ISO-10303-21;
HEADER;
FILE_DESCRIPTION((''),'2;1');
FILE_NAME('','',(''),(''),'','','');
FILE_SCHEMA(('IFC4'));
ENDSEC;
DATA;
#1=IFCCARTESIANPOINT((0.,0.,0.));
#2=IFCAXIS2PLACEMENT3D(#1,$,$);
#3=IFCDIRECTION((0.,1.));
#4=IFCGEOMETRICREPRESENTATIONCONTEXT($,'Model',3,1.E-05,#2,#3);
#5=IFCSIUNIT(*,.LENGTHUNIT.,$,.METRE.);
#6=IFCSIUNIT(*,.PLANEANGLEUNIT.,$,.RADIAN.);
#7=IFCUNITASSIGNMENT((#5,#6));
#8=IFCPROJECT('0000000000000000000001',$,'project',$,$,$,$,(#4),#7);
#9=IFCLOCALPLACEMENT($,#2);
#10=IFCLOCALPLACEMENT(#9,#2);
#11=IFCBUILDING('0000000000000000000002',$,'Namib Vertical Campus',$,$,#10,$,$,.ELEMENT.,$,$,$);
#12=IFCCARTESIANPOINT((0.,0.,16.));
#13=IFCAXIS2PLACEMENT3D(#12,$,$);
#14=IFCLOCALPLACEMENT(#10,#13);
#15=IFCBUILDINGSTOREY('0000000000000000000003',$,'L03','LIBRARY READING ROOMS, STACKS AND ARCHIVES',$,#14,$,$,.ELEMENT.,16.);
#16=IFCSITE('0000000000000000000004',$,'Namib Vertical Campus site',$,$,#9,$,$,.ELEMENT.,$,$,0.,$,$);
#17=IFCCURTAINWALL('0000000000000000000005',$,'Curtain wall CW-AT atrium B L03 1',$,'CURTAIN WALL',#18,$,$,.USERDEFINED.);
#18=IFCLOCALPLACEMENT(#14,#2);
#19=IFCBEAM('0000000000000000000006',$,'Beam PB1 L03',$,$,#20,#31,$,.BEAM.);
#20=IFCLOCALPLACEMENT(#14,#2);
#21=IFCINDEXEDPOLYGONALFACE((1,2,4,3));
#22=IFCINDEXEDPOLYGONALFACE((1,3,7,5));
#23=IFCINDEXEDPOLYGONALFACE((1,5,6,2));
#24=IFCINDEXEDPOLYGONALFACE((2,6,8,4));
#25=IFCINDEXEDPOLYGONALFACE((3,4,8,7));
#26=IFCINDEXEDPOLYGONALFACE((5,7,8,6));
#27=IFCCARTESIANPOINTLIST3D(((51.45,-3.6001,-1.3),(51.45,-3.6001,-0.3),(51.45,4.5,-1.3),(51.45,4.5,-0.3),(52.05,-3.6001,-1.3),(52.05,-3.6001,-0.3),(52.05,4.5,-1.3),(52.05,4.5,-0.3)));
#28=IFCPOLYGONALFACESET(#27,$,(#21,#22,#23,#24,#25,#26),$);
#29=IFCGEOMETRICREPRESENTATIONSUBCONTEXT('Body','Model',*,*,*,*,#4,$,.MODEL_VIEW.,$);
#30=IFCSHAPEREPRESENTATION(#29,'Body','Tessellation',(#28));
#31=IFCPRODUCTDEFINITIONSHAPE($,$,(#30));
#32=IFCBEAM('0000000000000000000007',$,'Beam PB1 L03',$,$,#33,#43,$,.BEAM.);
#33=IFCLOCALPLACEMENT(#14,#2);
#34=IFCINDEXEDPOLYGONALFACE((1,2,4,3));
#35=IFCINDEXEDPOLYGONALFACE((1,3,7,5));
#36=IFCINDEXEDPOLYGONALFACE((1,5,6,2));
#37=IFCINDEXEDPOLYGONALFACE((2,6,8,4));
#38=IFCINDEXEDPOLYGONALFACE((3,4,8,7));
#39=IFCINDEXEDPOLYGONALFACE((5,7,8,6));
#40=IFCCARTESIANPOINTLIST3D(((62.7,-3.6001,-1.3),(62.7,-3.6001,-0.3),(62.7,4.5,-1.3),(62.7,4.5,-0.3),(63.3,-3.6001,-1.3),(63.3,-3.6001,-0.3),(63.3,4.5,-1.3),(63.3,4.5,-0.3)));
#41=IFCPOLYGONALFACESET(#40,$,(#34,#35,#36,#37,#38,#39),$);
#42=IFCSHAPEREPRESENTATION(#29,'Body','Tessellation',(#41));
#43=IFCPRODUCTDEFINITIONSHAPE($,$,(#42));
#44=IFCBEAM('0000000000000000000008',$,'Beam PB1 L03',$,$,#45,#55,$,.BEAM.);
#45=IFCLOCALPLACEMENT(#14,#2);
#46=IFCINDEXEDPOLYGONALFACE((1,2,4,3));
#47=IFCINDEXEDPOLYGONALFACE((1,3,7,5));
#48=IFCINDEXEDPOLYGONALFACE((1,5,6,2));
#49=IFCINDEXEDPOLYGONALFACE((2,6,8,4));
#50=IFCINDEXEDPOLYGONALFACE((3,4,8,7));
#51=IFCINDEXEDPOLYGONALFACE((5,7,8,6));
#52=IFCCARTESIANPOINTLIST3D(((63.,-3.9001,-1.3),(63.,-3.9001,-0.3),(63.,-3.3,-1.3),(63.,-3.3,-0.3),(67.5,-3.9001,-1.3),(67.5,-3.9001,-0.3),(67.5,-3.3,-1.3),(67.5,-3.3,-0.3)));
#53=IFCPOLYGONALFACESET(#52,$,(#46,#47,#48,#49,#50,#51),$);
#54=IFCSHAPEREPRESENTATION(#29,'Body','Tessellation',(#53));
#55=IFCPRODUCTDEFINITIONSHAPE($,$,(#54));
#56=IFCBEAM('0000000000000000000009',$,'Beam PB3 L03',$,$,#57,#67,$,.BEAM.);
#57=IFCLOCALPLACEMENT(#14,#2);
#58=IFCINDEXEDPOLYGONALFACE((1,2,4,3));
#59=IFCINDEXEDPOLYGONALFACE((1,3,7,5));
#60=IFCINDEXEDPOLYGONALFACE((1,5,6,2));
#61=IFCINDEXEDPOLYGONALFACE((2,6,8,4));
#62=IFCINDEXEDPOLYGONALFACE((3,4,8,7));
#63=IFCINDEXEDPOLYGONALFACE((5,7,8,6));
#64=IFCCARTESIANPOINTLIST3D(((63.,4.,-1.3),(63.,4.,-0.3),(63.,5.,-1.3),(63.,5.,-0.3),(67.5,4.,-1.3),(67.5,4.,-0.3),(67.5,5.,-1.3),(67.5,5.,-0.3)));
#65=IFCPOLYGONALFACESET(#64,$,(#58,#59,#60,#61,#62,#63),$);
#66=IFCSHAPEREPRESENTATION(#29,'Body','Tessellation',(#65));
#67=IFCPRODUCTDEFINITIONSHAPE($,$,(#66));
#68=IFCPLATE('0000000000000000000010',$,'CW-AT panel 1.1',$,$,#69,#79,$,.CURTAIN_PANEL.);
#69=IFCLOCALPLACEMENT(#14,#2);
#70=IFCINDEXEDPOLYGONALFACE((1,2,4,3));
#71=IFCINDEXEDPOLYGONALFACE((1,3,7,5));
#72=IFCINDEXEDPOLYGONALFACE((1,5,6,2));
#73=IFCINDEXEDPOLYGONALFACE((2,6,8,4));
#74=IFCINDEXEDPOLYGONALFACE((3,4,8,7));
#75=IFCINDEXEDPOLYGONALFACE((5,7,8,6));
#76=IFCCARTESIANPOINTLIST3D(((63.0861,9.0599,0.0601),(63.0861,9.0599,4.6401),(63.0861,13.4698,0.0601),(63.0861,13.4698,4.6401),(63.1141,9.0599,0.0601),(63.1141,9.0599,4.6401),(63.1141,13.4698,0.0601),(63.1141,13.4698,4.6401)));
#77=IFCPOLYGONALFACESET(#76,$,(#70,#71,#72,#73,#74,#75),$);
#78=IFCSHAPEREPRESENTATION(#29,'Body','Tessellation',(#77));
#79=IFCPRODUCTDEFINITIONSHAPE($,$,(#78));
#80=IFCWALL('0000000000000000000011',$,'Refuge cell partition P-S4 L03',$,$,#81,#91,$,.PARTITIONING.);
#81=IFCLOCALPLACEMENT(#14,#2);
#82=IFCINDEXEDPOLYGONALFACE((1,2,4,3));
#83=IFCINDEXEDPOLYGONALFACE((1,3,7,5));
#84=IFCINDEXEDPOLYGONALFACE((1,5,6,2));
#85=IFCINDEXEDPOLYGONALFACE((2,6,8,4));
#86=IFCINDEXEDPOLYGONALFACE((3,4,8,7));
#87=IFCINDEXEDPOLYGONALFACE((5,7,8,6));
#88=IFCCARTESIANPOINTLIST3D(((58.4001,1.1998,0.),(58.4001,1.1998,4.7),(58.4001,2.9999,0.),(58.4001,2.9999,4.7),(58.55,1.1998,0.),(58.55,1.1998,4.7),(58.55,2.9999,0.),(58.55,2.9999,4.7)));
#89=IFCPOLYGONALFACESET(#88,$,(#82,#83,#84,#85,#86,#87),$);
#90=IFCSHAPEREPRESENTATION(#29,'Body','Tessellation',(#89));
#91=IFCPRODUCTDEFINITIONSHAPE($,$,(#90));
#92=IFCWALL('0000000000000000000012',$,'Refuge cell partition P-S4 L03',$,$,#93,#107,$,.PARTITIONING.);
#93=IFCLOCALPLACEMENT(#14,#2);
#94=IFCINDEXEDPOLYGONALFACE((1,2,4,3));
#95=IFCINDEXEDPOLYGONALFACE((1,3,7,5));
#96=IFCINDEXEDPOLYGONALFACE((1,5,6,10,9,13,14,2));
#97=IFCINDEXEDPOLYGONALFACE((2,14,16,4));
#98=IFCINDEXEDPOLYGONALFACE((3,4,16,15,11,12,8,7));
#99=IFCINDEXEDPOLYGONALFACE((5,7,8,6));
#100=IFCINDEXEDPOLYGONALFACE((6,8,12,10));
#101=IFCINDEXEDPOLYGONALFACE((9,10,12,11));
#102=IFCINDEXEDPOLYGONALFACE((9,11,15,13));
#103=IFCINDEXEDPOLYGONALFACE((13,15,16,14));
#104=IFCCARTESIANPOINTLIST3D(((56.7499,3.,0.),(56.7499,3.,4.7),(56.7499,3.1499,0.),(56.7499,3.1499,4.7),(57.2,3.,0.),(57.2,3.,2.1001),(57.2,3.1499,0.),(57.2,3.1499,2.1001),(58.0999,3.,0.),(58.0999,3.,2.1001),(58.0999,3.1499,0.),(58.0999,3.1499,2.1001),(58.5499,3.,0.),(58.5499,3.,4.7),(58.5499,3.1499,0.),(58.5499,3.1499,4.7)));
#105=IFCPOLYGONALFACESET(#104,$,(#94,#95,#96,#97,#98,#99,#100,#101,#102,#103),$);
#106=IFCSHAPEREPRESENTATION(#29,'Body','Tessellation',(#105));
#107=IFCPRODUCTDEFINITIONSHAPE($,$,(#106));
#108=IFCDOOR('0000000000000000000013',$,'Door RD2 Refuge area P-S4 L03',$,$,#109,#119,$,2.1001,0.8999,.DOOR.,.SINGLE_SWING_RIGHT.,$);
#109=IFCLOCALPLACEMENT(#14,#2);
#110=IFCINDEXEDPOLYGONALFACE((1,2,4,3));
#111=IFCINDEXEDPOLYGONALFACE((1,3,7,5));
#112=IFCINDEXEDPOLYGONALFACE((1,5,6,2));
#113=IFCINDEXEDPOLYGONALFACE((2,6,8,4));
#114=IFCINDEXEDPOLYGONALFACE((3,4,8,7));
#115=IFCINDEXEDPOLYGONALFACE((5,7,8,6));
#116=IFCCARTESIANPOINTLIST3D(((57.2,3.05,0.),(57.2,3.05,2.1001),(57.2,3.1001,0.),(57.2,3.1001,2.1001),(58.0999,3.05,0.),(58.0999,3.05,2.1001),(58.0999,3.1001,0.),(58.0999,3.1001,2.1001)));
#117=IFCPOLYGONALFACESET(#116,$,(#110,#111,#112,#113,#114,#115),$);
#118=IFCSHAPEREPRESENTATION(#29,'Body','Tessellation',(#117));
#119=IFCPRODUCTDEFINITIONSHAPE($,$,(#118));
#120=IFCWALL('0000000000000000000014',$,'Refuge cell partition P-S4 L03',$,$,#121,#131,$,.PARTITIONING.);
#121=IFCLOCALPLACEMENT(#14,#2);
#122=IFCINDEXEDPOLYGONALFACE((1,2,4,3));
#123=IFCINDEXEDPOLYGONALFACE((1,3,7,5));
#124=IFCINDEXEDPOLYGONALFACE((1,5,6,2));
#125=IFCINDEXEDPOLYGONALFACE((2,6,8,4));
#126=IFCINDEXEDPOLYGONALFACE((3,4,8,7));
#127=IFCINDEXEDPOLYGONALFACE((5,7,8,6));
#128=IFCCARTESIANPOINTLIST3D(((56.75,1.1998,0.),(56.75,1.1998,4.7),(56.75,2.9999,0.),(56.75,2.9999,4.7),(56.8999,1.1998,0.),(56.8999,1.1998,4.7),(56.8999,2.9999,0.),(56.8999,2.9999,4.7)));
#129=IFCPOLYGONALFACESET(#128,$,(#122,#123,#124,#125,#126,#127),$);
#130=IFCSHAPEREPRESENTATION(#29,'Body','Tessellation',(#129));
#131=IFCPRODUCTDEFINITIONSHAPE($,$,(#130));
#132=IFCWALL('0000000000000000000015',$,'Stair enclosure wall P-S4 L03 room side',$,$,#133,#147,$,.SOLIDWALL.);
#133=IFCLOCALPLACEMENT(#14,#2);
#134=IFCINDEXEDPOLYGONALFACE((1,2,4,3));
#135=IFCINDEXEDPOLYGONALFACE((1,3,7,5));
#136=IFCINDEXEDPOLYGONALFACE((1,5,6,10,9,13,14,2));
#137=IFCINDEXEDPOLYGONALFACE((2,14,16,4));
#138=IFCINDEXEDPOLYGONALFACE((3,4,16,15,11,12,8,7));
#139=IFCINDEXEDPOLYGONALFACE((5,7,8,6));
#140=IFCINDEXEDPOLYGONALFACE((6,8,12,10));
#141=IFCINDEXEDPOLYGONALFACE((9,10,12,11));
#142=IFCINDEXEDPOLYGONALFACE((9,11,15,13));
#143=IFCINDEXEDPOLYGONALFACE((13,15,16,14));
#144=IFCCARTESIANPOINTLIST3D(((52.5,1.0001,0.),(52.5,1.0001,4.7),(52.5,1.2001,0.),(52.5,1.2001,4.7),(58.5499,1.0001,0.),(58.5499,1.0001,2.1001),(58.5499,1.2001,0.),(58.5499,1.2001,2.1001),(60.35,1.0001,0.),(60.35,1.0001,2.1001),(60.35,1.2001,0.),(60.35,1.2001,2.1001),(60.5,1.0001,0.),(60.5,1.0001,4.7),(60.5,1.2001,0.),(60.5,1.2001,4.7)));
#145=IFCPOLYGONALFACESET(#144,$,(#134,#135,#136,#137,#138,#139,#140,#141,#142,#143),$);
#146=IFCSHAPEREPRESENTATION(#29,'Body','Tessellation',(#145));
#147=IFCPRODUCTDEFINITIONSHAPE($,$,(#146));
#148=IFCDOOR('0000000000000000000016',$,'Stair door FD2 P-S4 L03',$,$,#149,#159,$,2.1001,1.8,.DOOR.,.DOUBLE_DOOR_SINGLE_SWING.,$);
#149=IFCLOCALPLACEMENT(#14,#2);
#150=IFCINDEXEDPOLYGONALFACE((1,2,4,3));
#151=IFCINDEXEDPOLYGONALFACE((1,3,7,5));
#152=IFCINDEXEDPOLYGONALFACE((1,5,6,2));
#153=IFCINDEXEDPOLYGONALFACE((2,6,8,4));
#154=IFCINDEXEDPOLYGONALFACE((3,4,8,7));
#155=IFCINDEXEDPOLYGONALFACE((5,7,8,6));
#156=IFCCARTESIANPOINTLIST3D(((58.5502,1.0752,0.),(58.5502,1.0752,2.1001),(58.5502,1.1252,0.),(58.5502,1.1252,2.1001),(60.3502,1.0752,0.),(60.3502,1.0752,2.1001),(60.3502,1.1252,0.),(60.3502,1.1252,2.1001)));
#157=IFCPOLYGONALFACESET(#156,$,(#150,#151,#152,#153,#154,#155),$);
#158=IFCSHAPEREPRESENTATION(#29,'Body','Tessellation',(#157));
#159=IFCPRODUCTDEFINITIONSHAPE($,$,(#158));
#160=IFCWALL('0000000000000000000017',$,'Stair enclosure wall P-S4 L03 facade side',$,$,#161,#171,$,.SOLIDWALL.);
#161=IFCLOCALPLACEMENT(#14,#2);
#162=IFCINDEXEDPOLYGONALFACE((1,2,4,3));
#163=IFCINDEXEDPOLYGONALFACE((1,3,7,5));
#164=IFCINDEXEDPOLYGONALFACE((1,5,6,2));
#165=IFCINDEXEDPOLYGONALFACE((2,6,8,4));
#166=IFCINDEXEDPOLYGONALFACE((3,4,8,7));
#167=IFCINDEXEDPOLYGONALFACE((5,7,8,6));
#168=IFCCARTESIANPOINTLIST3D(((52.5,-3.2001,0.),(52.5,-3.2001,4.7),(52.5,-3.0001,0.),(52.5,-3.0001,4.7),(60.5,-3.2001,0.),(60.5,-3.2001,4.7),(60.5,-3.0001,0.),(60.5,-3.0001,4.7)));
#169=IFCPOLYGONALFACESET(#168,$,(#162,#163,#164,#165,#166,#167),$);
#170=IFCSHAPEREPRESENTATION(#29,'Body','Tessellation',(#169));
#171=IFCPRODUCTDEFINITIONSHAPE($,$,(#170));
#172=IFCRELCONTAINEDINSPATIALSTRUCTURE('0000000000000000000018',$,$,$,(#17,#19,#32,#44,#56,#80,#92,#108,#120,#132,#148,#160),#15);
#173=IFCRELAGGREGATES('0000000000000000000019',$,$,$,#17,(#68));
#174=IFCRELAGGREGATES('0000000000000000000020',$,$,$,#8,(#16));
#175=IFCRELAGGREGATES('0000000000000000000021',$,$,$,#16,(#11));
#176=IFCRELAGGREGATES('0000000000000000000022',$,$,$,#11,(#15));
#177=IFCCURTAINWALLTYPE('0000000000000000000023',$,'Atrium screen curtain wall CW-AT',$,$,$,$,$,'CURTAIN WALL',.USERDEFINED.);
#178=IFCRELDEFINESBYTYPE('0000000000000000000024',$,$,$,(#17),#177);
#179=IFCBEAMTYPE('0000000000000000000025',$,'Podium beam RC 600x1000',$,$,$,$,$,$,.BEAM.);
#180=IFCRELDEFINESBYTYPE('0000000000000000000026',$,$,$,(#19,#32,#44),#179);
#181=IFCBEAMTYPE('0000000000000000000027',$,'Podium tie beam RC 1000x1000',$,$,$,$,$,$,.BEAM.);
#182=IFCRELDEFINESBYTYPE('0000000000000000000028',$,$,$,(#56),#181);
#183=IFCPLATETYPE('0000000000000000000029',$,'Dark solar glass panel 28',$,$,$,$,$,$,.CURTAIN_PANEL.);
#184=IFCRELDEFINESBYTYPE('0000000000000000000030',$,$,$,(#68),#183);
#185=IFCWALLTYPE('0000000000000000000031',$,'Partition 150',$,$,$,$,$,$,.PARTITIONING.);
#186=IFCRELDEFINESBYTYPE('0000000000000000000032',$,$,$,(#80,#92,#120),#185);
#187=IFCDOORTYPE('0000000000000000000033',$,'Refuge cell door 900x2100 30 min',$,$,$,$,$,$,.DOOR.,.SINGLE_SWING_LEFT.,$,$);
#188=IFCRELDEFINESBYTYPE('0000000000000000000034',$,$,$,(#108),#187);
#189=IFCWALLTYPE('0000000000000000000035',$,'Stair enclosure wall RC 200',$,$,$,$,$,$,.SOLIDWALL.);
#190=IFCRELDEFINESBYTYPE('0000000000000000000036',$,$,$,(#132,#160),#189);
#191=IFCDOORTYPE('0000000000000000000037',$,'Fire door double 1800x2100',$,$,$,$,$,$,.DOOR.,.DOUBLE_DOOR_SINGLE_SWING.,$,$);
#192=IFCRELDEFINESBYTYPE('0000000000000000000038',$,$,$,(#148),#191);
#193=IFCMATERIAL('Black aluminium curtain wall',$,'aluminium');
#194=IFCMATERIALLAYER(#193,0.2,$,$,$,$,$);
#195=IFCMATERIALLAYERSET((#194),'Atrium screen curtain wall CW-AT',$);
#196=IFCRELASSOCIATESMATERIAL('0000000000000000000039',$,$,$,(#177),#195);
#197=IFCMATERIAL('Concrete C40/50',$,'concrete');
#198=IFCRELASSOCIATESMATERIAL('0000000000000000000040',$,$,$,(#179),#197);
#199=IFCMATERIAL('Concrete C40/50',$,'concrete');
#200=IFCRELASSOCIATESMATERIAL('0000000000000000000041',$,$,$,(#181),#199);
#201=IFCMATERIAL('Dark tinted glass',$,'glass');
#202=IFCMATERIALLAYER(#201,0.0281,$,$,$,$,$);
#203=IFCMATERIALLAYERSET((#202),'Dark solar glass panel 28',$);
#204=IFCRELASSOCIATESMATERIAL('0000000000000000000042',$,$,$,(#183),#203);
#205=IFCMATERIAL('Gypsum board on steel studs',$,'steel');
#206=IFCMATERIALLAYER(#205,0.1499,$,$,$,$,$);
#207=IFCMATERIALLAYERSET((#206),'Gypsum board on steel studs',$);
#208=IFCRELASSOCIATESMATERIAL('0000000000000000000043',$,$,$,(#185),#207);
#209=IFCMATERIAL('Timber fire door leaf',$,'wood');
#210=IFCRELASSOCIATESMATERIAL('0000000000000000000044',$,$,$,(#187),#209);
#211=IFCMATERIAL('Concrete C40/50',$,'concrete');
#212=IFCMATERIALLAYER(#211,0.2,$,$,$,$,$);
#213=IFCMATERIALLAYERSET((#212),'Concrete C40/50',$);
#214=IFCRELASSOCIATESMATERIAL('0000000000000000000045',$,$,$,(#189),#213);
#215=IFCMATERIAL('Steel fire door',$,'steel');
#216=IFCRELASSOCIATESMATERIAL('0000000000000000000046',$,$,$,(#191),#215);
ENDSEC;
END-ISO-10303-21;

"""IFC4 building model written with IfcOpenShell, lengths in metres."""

from ifc_helpers import new_model, si_unit, direction, frame, frame_2d, origin, origin_2d, place, context, subcontext, project, spatial, rectangle, extrude, material, layer, layer_set, material_profile, profile_set, type_object, element, fill, aggregate, save


model = new_model("IFC4")

# Units and contexts
model_context = context("Model", 3, precision=1e-05, world=origin(), true_north=direction((0.0, 1.0)))
body_context = subcontext(model_context, "Body", "Model", "MODEL_VIEW")
ifc_project = project(units=[si_unit("LENGTHUNIT", "METRE"), si_unit("PLANEANGLEUNIT", "RADIAN")], contexts=[model_context])

# Site, building, storey
site_placement = place(None, origin())
site = spatial("IfcSite", under=ifc_project, at=site_placement, Name="Namib Vertical Campus site", CompositionType="ELEMENT", RefElevation=0.0)
building_placement = place(site_placement, origin())
building = spatial("IfcBuilding", under=site, at=building_placement, Name="Namib Vertical Campus", CompositionType="ELEMENT")
storey_placement = place(building_placement, frame((0.0, 0.0, 16.0)))
storey = spatial("IfcBuildingStorey", under=building, at=storey_placement, Name="L03", Description="LIBRARY READING ROOMS, STACKS AND ARCHIVES", CompositionType="ELEMENT", Elevation=16.0)

# Curtain wall
ifc_material_1 = material(Name="Black aluminium curtain wall", Category="aluminium")
ifc_layer_1 = layer(ifc_material_1, 0.2)
ifc_layer_set_1 = layer_set([ifc_layer_1], Name="Atrium screen curtain wall CW-AT")
curtain_wall_type = type_object("IfcCurtainWallType", Name="Atrium screen curtain wall CW-AT", ElementType="CURTAIN WALL", PredefinedType="USERDEFINED", material=ifc_layer_set_1)
curtain_wall_placement = place(storey_placement, origin())
curtain_wall = element("IfcCurtainWall", 1, at=curtain_wall_placement, inside=storey, type_object=curtain_wall_type, Name="Curtain wall CW-AT atrium B L03 1", ObjectType="CURTAIN WALL", PredefinedType="USERDEFINED")

# Beams
ifc_material_2 = material(Name="Concrete C40/50", Category="concrete")
ifc_material_profile_1 = material_profile(ifc_material_2, rectangle(XDim=0.6001, YDim=1.0, at=origin_2d()))
ifc_profile_set_1 = profile_set([ifc_material_profile_1], Name="Concrete C40/50")
beam_type_1 = type_object("IfcBeamType", Name="Podium beam RC 600x1000", PredefinedType="BEAM", material=ifc_profile_set_1)
for number, where, z_axis, x_axis, name in (
    (2, (51.75, -3.6001, -0.8), (0.0, 1.0, 0.0), (-1.0, 0.0, 0.0), "Beam PB1 L03"),
    (3, (63.0, -3.6001, -0.8), (0.0, 1.0, 0.0), (-1.0, 0.0, 0.0), "Beam PB1 L03"),
):
    element("IfcBeam", number, at=place(storey_placement, frame(where, z_axis=z_axis, x_axis=x_axis)), inside=storey, type_object=beam_type_1, Name=name, PredefinedType="BEAM", context=body_context, shape_type="SweptSolid", body=[
        extrude(rectangle(XDim=0.6001, YDim=1.0, at=origin_2d()), origin(), (0.0, 0.0, 1.0), 8.1001),
    ])
beam_1_placement = place(storey_placement, frame((63.0, -3.6001, -0.8), z_axis=(1.0, 0.0, 0.0), x_axis=(0.0, 1.0, 0.0)))
element("IfcBeam", 4, at=beam_1_placement, inside=storey, type_object=beam_type_1, Name="Beam PB1 L03", PredefinedType="BEAM", context=body_context, shape_type="SweptSolid", body=[
    extrude(rectangle(XDim=0.6001, YDim=1.0, at=origin_2d()), origin(), (0.0, 0.0, 1.0), 4.5),
])
ifc_material_3 = material(Name="Concrete C40/50", Category="concrete")
ifc_material_profile_2 = material_profile(ifc_material_3, rectangle(XDim=1.0, YDim=1.0, at=origin_2d()))
ifc_profile_set_2 = profile_set([ifc_material_profile_2], Name="Concrete C40/50")
beam_type_2 = type_object("IfcBeamType", Name="Podium tie beam RC 1000x1000", PredefinedType="BEAM", material=ifc_profile_set_2)
beam_2_placement = place(storey_placement, frame((63.0, 4.5, -0.8), z_axis=(1.0, 0.0, 0.0), x_axis=(0.0, 1.0, 0.0)))
element("IfcBeam", 5, at=beam_2_placement, inside=storey, type_object=beam_type_2, Name="Beam PB3 L03", PredefinedType="BEAM", context=body_context, shape_type="SweptSolid", body=[
    extrude(rectangle(XDim=1.0, YDim=1.0, at=origin_2d()), origin(), (0.0, 0.0, 1.0), 4.5),
])

# Plate
ifc_material_4 = material(Name="Dark tinted glass", Category="glass")
ifc_layer_2 = layer(ifc_material_4, 0.0281)
ifc_layer_set_2 = layer_set([ifc_layer_2], Name="Dark solar glass panel 28")
plate_type = type_object("IfcPlateType", Name="Dark solar glass panel 28", PredefinedType="CURTAIN_PANEL", material=ifc_layer_set_2)
plate_placement = place(storey_placement, frame((63.1001, 11.2649, 0.0601), z_axis=(0.0, 0.0, 1.0), x_axis=(0.0, 1.0, 0.0)))
plate = element("IfcPlate", 6, at=plate_placement, type_object=plate_type, Name="CW-AT panel 1.1", PredefinedType="CURTAIN_PANEL", context=body_context, shape_type="SweptSolid", body=[
    extrude(rectangle(XDim=4.4099, YDim=0.0281, at=origin_2d()), origin(), (0.0, 0.0, 1.0), 4.5801),
])
aggregate(curtain_wall, [plate])

# Wall
ifc_material_5 = material(Name="Gypsum board on steel studs", Category="steel")
ifc_layer_3 = layer(ifc_material_5, 0.1499)
ifc_layer_set_3 = layer_set([ifc_layer_3], Name="Gypsum board on steel studs")
wall_type_1 = type_object("IfcWallType", Name="Partition 150", PredefinedType="PARTITIONING", material=ifc_layer_set_3)
wall_1_placement = place(storey_placement, frame((58.4751, 1.2, 0.0), z_axis=(0.0, 0.0, 1.0), x_axis=(0.0, 1.0, 0.0)))
element("IfcWall", 7, at=wall_1_placement, inside=storey, type_object=wall_type_1, Name="Refuge cell partition P-S4 L03", PredefinedType="PARTITIONING", context=body_context, shape_type="SweptSolid", body=[
    extrude(rectangle(XDim=1.8, YDim=0.1499, at=frame_2d((0.8999, 0.0))), origin(), (0.0, 0.0, 1.0), 4.7),
])

# Wall, opening, door
wall_2_placement = place(storey_placement, frame((56.75, 3.075, 0.0), z_axis=(0.0, 0.0, 1.0), x_axis=(1.0, 0.0, 0.0)))
wall_2 = element("IfcWall", 8, at=wall_2_placement, inside=storey, type_object=wall_type_1, Name="Refuge cell partition P-S4 L03", PredefinedType="PARTITIONING", context=body_context, shape_type="SweptSolid", body=[
    extrude(rectangle(XDim=1.8, YDim=0.1499, at=frame_2d((0.8999, 0.0))), origin(), (0.0, 0.0, 1.0), 4.7),
])
opening_1_placement = place(wall_2_placement, frame((0.45, 0.0, 0.0)))
opening_1 = element("IfcOpeningElement", 9, at=opening_1_placement, cuts=wall_2, PredefinedType="OPENING", context=body_context, shape_type="SweptSolid", body=[
    extrude(rectangle(XDim=0.8999, YDim=2.1001, at=frame_2d((0.45, 1.05))), frame((0.0, 0.085, 0.0), z_axis=(0.0, -1.0, 0.0), x_axis=(1.0, 0.0, 0.0)), (0.0, 0.0, 1.0), 0.1699),
])
ifc_material_6 = material(Name="Timber fire door leaf", Category="wood")
door_type_1 = type_object("IfcDoorType", Name="Refuge cell door 900x2100 30 min", OperationType="SINGLE_SWING_LEFT", PredefinedType="DOOR", material=ifc_material_6)
door_1_placement = place(opening_1_placement, frame((0.8999, 0.0, 0.0), z_axis=(0.0, 0.0, 1.0), x_axis=(-1.0, 0.0, 0.0)))
door_1 = element("IfcDoor", 10, at=door_1_placement, inside=storey, type_object=door_type_1, Name="Door RD2 Refuge area P-S4 L03", OperationType="SINGLE_SWING_RIGHT", OverallHeight=2.1001, OverallWidth=0.8999, PredefinedType="DOOR", context=body_context, shape_type="SweptSolid", body=[
    extrude(rectangle(XDim=0.8999, YDim=2.1001, at=frame_2d((0.45, 1.05))), frame((0.0, 0.0249, 0.0), z_axis=(0.0, -1.0, 0.0), x_axis=(1.0, 0.0, 0.0)), (0.0, 0.0, 1.0), 0.05),
])
fill(opening_1, door_1)

# Wall
wall_3_placement = place(storey_placement, frame((56.825, 1.2, 0.0), z_axis=(0.0, 0.0, 1.0), x_axis=(0.0, 1.0, 0.0)))
element("IfcWall", 11, at=wall_3_placement, inside=storey, type_object=wall_type_1, Name="Refuge cell partition P-S4 L03", PredefinedType="PARTITIONING", context=body_context, shape_type="SweptSolid", body=[
    extrude(rectangle(XDim=1.8, YDim=0.1499, at=frame_2d((0.8999, 0.0))), origin(), (0.0, 0.0, 1.0), 4.7),
])

# Wall, opening, door
ifc_material_7 = material(Name="Concrete C40/50", Category="concrete")
ifc_layer_4 = layer(ifc_material_7, 0.2)
ifc_layer_set_4 = layer_set([ifc_layer_4], Name="Concrete C40/50")
wall_type_2 = type_object("IfcWallType", Name="Stair enclosure wall RC 200", PredefinedType="SOLIDWALL", material=ifc_layer_set_4)
wall_4_placement = place(storey_placement, frame((52.5, 1.1001, 0.0), z_axis=(0.0, 0.0, 1.0), x_axis=(1.0, 0.0, 0.0)))
wall_4 = element("IfcWall", 12, at=wall_4_placement, inside=storey, type_object=wall_type_2, Name="Stair enclosure wall P-S4 L03 room side", PredefinedType="SOLIDWALL", context=body_context, shape_type="SweptSolid", body=[
    extrude(rectangle(XDim=8.0, YDim=0.2, at=frame_2d((4.0, 0.0))), origin(), (0.0, 0.0, 1.0), 4.7),
])
opening_2_placement = place(wall_4_placement, frame((6.05, 0.0, 0.0)))
opening_2 = element("IfcOpeningElement", 13, at=opening_2_placement, cuts=wall_4, PredefinedType="OPENING", context=body_context, shape_type="SweptSolid", body=[
    extrude(rectangle(XDim=1.8, YDim=2.1001, at=frame_2d((0.8999, 1.05))), frame((0.0, 0.1099, 0.0), z_axis=(0.0, -1.0, 0.0), x_axis=(1.0, 0.0, 0.0)), (0.0, 0.0, 1.0), 0.22),
])
ifc_material_8 = material(Name="Steel fire door", Category="steel")
door_type_2 = type_object("IfcDoorType", Name="Fire door double 1800x2100", OperationType="DOUBLE_DOOR_SINGLE_SWING", PredefinedType="DOOR", material=ifc_material_8)
door_2_placement = place(opening_2_placement, frame((1.8, 0.0, 0.0), z_axis=(0.0, 0.0, 1.0), x_axis=(-1.0, 0.0, 0.0)))
door_2 = element("IfcDoor", 14, at=door_2_placement, inside=storey, type_object=door_type_2, Name="Stair door FD2 P-S4 L03", OperationType="DOUBLE_DOOR_SINGLE_SWING", OverallHeight=2.1001, OverallWidth=1.8, PredefinedType="DOOR", context=body_context, shape_type="SweptSolid", body=[
    extrude(rectangle(XDim=1.8, YDim=2.1001, at=frame_2d((0.8999, 1.05))), frame((0.0, 0.0249, 0.0), z_axis=(0.0, -1.0, 0.0), x_axis=(1.0, 0.0, 0.0)), (0.0, 0.0, 1.0), 0.05),
])
fill(opening_2, door_2)

# Wall
wall_5_placement = place(storey_placement, frame((52.5, -3.1001, 0.0), z_axis=(0.0, 0.0, 1.0), x_axis=(1.0, 0.0, 0.0)))
element("IfcWall", 15, at=wall_5_placement, inside=storey, type_object=wall_type_2, Name="Stair enclosure wall P-S4 L03 facade side", PredefinedType="SOLIDWALL", context=body_context, shape_type="SweptSolid", body=[
    extrude(rectangle(XDim=8.0, YDim=0.2, at=frame_2d((4.0, 0.0))), origin(), (0.0, 0.0, 1.0), 4.7),
])

save(model, "model.ifc")
